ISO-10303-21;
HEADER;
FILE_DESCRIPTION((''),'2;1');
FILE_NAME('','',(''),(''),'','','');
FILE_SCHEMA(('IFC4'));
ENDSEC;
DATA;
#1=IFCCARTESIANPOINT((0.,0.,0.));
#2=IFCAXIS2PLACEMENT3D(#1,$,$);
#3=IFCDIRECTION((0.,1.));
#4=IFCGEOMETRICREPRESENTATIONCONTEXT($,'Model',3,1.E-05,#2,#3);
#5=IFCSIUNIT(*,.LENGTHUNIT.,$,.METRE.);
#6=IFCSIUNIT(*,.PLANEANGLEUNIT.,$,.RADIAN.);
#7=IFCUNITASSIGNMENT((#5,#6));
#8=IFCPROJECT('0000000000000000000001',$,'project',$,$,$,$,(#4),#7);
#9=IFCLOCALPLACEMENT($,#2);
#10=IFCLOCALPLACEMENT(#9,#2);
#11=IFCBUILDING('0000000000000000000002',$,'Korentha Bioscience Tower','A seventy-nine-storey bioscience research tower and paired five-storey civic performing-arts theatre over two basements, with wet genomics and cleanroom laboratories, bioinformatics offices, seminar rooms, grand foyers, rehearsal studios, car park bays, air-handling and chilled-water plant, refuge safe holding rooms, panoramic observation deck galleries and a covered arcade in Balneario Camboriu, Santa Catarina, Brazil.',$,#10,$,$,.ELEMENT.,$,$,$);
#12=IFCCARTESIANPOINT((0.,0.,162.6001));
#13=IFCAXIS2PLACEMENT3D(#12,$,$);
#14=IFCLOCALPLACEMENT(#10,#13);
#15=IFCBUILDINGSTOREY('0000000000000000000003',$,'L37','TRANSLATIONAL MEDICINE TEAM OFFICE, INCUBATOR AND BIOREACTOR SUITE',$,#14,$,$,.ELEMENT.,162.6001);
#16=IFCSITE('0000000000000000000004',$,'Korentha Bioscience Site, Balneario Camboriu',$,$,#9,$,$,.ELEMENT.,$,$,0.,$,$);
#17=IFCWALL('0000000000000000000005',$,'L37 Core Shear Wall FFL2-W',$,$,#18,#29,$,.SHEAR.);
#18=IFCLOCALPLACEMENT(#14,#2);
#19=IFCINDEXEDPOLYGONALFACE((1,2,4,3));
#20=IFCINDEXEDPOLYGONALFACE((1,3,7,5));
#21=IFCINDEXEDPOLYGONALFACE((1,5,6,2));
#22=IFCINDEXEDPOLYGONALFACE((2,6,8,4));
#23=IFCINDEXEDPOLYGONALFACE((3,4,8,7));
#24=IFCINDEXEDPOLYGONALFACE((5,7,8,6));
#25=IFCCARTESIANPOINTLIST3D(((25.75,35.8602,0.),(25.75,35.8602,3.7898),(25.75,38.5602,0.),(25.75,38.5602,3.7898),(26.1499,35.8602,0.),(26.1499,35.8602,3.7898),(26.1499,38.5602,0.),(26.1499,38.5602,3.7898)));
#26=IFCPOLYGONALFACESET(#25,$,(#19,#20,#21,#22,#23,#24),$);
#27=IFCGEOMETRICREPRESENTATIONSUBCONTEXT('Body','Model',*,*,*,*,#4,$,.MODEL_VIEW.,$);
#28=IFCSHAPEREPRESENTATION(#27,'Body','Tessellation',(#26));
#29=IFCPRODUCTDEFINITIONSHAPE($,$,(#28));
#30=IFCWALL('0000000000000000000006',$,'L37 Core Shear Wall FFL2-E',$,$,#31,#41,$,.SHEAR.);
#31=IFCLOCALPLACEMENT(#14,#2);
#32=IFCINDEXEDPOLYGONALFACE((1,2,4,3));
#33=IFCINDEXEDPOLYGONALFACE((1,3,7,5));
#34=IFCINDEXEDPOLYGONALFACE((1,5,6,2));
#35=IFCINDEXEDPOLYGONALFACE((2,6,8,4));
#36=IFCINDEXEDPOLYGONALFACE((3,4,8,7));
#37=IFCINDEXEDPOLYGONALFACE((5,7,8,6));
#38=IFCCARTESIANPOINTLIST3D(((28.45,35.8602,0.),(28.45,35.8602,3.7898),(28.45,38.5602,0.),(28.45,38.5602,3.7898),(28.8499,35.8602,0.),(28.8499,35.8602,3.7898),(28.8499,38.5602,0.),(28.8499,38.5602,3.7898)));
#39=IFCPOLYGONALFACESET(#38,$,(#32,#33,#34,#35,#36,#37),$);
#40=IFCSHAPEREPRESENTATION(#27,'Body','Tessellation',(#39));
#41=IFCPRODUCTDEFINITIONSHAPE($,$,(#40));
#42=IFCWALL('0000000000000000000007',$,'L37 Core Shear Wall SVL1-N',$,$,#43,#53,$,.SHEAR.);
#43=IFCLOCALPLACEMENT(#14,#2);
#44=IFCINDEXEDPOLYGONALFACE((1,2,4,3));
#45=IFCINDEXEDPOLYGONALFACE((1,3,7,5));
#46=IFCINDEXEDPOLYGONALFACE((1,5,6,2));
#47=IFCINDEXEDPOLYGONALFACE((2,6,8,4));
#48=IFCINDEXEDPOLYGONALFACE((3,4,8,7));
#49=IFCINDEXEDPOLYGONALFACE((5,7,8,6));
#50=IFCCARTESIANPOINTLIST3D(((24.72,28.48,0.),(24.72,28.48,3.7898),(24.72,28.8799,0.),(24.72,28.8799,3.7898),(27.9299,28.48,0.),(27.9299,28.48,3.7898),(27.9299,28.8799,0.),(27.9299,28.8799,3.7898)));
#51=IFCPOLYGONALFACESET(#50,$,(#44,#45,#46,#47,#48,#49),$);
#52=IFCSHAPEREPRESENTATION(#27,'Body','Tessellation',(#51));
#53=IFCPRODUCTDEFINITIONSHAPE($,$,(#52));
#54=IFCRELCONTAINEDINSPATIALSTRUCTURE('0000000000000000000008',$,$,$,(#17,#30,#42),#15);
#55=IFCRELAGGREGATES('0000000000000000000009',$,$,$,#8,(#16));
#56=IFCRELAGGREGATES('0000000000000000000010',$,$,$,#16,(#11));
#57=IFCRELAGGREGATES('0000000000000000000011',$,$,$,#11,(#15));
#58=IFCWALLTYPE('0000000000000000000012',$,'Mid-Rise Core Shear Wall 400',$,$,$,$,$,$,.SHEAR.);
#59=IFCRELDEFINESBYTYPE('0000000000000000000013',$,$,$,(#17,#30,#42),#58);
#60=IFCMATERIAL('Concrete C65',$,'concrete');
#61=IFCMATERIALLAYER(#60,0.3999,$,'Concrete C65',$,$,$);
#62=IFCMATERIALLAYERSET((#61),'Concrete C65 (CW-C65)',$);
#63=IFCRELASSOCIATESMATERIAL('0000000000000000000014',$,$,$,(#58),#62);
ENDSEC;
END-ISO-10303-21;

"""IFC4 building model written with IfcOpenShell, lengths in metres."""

from ifc_helpers import new_model, si_unit, direction, frame, frame_2d, origin, place, context, subcontext, project, spatial, rectangle, extrude, material, layer, layer_set, type_object, element, save


model = new_model("IFC4")

# Units and contexts
model_context = context("Model", 3, precision=1e-05, world=origin(), true_north=direction((0.0, 1.0)))
body_context = subcontext(model_context, "Body", "Model", "MODEL_VIEW")
ifc_project = project(units=[si_unit("LENGTHUNIT", "METRE"), si_unit("PLANEANGLEUNIT", "RADIAN")], contexts=[model_context])

# Site, building, storey
site_placement = place(None, origin())
site = spatial("IfcSite", under=ifc_project, at=site_placement, Name="Korentha Bioscience Site, Balneario Camboriu", CompositionType="ELEMENT", RefElevation=0.0)
building_placement = place(site_placement, origin())
building = spatial("IfcBuilding", under=site, at=building_placement, Name="Korentha Bioscience Tower", Description="A seventy-nine-storey bioscience research tower and paired five-storey civic performing-arts theatre over two basements, with wet genomics and cleanroom laboratories, bioinformatics offices, seminar rooms, grand foyers, rehearsal studios, car park bays, air-handling and chilled-water plant, refuge safe holding rooms, panoramic observation deck galleries and a covered arcade in Balneario Camboriu, Santa Catarina, Brazil.", CompositionType="ELEMENT")
storey_placement = place(building_placement, frame((0.0, 0.0, 162.6001)))
storey = spatial("IfcBuildingStorey", under=building, at=storey_placement, Name="L37", Description="TRANSLATIONAL MEDICINE TEAM OFFICE, INCUBATOR AND BIOREACTOR SUITE", CompositionType="ELEMENT", Elevation=162.6001)

# Shared definitions
ifc_material_1 = material(Name="Concrete C65", Category="concrete")

# Shared definitions
ifc_layer_1 = layer(ifc_material_1, 0.3999, Name="Concrete C65")
ifc_layer_set_1 = layer_set([ifc_layer_1], Name="Concrete C65 (CW-C65)")
wall_type_1 = type_object("IfcWallType", Name="Mid-Rise Core Shear Wall 400", PredefinedType="SHEAR", material=ifc_layer_set_1)

# Walls
for number, where, z_axis, x_axis, name in (
    (1, (25.95, 35.8601, 0.0), (0.0, 0.0, 1.0), (0.0, 1.0, 0.0), "L37 Core Shear Wall FFL2-W"),
    (2, (28.6499, 35.8601, 0.0), (0.0, 0.0, 1.0), (0.0, 1.0, 0.0), "L37 Core Shear Wall FFL2-E"),
):
    element("IfcWall", number, at=place(storey_placement, frame(where, z_axis=z_axis, x_axis=x_axis)), inside=storey, type_object=wall_type_1, Name=name, PredefinedType="SHEAR", context=body_context, shape_type="SweptSolid", body=[
        extrude(rectangle(XDim=2.7, YDim=0.3999, at=frame_2d((1.3501, 0.0))), origin(), (0.0, 0.0, 1.0), 3.7898),
    ])
wall_1_placement = place(storey_placement, frame((24.72, 28.6799, 0.0), z_axis=(0.0, 0.0, 1.0), x_axis=(1.0, 0.0, 0.0)))
element("IfcWall", 3, at=wall_1_placement, inside=storey, type_object=wall_type_1, Name="L37 Core Shear Wall SVL1-N", PredefinedType="SHEAR", context=body_context, shape_type="SweptSolid", body=[
    extrude(rectangle(XDim=3.21, YDim=0.3999, at=frame_2d((1.605, 0.0))), origin(), (0.0, 0.0, 1.0), 3.7898),
])

save(model, "model.ifc")
